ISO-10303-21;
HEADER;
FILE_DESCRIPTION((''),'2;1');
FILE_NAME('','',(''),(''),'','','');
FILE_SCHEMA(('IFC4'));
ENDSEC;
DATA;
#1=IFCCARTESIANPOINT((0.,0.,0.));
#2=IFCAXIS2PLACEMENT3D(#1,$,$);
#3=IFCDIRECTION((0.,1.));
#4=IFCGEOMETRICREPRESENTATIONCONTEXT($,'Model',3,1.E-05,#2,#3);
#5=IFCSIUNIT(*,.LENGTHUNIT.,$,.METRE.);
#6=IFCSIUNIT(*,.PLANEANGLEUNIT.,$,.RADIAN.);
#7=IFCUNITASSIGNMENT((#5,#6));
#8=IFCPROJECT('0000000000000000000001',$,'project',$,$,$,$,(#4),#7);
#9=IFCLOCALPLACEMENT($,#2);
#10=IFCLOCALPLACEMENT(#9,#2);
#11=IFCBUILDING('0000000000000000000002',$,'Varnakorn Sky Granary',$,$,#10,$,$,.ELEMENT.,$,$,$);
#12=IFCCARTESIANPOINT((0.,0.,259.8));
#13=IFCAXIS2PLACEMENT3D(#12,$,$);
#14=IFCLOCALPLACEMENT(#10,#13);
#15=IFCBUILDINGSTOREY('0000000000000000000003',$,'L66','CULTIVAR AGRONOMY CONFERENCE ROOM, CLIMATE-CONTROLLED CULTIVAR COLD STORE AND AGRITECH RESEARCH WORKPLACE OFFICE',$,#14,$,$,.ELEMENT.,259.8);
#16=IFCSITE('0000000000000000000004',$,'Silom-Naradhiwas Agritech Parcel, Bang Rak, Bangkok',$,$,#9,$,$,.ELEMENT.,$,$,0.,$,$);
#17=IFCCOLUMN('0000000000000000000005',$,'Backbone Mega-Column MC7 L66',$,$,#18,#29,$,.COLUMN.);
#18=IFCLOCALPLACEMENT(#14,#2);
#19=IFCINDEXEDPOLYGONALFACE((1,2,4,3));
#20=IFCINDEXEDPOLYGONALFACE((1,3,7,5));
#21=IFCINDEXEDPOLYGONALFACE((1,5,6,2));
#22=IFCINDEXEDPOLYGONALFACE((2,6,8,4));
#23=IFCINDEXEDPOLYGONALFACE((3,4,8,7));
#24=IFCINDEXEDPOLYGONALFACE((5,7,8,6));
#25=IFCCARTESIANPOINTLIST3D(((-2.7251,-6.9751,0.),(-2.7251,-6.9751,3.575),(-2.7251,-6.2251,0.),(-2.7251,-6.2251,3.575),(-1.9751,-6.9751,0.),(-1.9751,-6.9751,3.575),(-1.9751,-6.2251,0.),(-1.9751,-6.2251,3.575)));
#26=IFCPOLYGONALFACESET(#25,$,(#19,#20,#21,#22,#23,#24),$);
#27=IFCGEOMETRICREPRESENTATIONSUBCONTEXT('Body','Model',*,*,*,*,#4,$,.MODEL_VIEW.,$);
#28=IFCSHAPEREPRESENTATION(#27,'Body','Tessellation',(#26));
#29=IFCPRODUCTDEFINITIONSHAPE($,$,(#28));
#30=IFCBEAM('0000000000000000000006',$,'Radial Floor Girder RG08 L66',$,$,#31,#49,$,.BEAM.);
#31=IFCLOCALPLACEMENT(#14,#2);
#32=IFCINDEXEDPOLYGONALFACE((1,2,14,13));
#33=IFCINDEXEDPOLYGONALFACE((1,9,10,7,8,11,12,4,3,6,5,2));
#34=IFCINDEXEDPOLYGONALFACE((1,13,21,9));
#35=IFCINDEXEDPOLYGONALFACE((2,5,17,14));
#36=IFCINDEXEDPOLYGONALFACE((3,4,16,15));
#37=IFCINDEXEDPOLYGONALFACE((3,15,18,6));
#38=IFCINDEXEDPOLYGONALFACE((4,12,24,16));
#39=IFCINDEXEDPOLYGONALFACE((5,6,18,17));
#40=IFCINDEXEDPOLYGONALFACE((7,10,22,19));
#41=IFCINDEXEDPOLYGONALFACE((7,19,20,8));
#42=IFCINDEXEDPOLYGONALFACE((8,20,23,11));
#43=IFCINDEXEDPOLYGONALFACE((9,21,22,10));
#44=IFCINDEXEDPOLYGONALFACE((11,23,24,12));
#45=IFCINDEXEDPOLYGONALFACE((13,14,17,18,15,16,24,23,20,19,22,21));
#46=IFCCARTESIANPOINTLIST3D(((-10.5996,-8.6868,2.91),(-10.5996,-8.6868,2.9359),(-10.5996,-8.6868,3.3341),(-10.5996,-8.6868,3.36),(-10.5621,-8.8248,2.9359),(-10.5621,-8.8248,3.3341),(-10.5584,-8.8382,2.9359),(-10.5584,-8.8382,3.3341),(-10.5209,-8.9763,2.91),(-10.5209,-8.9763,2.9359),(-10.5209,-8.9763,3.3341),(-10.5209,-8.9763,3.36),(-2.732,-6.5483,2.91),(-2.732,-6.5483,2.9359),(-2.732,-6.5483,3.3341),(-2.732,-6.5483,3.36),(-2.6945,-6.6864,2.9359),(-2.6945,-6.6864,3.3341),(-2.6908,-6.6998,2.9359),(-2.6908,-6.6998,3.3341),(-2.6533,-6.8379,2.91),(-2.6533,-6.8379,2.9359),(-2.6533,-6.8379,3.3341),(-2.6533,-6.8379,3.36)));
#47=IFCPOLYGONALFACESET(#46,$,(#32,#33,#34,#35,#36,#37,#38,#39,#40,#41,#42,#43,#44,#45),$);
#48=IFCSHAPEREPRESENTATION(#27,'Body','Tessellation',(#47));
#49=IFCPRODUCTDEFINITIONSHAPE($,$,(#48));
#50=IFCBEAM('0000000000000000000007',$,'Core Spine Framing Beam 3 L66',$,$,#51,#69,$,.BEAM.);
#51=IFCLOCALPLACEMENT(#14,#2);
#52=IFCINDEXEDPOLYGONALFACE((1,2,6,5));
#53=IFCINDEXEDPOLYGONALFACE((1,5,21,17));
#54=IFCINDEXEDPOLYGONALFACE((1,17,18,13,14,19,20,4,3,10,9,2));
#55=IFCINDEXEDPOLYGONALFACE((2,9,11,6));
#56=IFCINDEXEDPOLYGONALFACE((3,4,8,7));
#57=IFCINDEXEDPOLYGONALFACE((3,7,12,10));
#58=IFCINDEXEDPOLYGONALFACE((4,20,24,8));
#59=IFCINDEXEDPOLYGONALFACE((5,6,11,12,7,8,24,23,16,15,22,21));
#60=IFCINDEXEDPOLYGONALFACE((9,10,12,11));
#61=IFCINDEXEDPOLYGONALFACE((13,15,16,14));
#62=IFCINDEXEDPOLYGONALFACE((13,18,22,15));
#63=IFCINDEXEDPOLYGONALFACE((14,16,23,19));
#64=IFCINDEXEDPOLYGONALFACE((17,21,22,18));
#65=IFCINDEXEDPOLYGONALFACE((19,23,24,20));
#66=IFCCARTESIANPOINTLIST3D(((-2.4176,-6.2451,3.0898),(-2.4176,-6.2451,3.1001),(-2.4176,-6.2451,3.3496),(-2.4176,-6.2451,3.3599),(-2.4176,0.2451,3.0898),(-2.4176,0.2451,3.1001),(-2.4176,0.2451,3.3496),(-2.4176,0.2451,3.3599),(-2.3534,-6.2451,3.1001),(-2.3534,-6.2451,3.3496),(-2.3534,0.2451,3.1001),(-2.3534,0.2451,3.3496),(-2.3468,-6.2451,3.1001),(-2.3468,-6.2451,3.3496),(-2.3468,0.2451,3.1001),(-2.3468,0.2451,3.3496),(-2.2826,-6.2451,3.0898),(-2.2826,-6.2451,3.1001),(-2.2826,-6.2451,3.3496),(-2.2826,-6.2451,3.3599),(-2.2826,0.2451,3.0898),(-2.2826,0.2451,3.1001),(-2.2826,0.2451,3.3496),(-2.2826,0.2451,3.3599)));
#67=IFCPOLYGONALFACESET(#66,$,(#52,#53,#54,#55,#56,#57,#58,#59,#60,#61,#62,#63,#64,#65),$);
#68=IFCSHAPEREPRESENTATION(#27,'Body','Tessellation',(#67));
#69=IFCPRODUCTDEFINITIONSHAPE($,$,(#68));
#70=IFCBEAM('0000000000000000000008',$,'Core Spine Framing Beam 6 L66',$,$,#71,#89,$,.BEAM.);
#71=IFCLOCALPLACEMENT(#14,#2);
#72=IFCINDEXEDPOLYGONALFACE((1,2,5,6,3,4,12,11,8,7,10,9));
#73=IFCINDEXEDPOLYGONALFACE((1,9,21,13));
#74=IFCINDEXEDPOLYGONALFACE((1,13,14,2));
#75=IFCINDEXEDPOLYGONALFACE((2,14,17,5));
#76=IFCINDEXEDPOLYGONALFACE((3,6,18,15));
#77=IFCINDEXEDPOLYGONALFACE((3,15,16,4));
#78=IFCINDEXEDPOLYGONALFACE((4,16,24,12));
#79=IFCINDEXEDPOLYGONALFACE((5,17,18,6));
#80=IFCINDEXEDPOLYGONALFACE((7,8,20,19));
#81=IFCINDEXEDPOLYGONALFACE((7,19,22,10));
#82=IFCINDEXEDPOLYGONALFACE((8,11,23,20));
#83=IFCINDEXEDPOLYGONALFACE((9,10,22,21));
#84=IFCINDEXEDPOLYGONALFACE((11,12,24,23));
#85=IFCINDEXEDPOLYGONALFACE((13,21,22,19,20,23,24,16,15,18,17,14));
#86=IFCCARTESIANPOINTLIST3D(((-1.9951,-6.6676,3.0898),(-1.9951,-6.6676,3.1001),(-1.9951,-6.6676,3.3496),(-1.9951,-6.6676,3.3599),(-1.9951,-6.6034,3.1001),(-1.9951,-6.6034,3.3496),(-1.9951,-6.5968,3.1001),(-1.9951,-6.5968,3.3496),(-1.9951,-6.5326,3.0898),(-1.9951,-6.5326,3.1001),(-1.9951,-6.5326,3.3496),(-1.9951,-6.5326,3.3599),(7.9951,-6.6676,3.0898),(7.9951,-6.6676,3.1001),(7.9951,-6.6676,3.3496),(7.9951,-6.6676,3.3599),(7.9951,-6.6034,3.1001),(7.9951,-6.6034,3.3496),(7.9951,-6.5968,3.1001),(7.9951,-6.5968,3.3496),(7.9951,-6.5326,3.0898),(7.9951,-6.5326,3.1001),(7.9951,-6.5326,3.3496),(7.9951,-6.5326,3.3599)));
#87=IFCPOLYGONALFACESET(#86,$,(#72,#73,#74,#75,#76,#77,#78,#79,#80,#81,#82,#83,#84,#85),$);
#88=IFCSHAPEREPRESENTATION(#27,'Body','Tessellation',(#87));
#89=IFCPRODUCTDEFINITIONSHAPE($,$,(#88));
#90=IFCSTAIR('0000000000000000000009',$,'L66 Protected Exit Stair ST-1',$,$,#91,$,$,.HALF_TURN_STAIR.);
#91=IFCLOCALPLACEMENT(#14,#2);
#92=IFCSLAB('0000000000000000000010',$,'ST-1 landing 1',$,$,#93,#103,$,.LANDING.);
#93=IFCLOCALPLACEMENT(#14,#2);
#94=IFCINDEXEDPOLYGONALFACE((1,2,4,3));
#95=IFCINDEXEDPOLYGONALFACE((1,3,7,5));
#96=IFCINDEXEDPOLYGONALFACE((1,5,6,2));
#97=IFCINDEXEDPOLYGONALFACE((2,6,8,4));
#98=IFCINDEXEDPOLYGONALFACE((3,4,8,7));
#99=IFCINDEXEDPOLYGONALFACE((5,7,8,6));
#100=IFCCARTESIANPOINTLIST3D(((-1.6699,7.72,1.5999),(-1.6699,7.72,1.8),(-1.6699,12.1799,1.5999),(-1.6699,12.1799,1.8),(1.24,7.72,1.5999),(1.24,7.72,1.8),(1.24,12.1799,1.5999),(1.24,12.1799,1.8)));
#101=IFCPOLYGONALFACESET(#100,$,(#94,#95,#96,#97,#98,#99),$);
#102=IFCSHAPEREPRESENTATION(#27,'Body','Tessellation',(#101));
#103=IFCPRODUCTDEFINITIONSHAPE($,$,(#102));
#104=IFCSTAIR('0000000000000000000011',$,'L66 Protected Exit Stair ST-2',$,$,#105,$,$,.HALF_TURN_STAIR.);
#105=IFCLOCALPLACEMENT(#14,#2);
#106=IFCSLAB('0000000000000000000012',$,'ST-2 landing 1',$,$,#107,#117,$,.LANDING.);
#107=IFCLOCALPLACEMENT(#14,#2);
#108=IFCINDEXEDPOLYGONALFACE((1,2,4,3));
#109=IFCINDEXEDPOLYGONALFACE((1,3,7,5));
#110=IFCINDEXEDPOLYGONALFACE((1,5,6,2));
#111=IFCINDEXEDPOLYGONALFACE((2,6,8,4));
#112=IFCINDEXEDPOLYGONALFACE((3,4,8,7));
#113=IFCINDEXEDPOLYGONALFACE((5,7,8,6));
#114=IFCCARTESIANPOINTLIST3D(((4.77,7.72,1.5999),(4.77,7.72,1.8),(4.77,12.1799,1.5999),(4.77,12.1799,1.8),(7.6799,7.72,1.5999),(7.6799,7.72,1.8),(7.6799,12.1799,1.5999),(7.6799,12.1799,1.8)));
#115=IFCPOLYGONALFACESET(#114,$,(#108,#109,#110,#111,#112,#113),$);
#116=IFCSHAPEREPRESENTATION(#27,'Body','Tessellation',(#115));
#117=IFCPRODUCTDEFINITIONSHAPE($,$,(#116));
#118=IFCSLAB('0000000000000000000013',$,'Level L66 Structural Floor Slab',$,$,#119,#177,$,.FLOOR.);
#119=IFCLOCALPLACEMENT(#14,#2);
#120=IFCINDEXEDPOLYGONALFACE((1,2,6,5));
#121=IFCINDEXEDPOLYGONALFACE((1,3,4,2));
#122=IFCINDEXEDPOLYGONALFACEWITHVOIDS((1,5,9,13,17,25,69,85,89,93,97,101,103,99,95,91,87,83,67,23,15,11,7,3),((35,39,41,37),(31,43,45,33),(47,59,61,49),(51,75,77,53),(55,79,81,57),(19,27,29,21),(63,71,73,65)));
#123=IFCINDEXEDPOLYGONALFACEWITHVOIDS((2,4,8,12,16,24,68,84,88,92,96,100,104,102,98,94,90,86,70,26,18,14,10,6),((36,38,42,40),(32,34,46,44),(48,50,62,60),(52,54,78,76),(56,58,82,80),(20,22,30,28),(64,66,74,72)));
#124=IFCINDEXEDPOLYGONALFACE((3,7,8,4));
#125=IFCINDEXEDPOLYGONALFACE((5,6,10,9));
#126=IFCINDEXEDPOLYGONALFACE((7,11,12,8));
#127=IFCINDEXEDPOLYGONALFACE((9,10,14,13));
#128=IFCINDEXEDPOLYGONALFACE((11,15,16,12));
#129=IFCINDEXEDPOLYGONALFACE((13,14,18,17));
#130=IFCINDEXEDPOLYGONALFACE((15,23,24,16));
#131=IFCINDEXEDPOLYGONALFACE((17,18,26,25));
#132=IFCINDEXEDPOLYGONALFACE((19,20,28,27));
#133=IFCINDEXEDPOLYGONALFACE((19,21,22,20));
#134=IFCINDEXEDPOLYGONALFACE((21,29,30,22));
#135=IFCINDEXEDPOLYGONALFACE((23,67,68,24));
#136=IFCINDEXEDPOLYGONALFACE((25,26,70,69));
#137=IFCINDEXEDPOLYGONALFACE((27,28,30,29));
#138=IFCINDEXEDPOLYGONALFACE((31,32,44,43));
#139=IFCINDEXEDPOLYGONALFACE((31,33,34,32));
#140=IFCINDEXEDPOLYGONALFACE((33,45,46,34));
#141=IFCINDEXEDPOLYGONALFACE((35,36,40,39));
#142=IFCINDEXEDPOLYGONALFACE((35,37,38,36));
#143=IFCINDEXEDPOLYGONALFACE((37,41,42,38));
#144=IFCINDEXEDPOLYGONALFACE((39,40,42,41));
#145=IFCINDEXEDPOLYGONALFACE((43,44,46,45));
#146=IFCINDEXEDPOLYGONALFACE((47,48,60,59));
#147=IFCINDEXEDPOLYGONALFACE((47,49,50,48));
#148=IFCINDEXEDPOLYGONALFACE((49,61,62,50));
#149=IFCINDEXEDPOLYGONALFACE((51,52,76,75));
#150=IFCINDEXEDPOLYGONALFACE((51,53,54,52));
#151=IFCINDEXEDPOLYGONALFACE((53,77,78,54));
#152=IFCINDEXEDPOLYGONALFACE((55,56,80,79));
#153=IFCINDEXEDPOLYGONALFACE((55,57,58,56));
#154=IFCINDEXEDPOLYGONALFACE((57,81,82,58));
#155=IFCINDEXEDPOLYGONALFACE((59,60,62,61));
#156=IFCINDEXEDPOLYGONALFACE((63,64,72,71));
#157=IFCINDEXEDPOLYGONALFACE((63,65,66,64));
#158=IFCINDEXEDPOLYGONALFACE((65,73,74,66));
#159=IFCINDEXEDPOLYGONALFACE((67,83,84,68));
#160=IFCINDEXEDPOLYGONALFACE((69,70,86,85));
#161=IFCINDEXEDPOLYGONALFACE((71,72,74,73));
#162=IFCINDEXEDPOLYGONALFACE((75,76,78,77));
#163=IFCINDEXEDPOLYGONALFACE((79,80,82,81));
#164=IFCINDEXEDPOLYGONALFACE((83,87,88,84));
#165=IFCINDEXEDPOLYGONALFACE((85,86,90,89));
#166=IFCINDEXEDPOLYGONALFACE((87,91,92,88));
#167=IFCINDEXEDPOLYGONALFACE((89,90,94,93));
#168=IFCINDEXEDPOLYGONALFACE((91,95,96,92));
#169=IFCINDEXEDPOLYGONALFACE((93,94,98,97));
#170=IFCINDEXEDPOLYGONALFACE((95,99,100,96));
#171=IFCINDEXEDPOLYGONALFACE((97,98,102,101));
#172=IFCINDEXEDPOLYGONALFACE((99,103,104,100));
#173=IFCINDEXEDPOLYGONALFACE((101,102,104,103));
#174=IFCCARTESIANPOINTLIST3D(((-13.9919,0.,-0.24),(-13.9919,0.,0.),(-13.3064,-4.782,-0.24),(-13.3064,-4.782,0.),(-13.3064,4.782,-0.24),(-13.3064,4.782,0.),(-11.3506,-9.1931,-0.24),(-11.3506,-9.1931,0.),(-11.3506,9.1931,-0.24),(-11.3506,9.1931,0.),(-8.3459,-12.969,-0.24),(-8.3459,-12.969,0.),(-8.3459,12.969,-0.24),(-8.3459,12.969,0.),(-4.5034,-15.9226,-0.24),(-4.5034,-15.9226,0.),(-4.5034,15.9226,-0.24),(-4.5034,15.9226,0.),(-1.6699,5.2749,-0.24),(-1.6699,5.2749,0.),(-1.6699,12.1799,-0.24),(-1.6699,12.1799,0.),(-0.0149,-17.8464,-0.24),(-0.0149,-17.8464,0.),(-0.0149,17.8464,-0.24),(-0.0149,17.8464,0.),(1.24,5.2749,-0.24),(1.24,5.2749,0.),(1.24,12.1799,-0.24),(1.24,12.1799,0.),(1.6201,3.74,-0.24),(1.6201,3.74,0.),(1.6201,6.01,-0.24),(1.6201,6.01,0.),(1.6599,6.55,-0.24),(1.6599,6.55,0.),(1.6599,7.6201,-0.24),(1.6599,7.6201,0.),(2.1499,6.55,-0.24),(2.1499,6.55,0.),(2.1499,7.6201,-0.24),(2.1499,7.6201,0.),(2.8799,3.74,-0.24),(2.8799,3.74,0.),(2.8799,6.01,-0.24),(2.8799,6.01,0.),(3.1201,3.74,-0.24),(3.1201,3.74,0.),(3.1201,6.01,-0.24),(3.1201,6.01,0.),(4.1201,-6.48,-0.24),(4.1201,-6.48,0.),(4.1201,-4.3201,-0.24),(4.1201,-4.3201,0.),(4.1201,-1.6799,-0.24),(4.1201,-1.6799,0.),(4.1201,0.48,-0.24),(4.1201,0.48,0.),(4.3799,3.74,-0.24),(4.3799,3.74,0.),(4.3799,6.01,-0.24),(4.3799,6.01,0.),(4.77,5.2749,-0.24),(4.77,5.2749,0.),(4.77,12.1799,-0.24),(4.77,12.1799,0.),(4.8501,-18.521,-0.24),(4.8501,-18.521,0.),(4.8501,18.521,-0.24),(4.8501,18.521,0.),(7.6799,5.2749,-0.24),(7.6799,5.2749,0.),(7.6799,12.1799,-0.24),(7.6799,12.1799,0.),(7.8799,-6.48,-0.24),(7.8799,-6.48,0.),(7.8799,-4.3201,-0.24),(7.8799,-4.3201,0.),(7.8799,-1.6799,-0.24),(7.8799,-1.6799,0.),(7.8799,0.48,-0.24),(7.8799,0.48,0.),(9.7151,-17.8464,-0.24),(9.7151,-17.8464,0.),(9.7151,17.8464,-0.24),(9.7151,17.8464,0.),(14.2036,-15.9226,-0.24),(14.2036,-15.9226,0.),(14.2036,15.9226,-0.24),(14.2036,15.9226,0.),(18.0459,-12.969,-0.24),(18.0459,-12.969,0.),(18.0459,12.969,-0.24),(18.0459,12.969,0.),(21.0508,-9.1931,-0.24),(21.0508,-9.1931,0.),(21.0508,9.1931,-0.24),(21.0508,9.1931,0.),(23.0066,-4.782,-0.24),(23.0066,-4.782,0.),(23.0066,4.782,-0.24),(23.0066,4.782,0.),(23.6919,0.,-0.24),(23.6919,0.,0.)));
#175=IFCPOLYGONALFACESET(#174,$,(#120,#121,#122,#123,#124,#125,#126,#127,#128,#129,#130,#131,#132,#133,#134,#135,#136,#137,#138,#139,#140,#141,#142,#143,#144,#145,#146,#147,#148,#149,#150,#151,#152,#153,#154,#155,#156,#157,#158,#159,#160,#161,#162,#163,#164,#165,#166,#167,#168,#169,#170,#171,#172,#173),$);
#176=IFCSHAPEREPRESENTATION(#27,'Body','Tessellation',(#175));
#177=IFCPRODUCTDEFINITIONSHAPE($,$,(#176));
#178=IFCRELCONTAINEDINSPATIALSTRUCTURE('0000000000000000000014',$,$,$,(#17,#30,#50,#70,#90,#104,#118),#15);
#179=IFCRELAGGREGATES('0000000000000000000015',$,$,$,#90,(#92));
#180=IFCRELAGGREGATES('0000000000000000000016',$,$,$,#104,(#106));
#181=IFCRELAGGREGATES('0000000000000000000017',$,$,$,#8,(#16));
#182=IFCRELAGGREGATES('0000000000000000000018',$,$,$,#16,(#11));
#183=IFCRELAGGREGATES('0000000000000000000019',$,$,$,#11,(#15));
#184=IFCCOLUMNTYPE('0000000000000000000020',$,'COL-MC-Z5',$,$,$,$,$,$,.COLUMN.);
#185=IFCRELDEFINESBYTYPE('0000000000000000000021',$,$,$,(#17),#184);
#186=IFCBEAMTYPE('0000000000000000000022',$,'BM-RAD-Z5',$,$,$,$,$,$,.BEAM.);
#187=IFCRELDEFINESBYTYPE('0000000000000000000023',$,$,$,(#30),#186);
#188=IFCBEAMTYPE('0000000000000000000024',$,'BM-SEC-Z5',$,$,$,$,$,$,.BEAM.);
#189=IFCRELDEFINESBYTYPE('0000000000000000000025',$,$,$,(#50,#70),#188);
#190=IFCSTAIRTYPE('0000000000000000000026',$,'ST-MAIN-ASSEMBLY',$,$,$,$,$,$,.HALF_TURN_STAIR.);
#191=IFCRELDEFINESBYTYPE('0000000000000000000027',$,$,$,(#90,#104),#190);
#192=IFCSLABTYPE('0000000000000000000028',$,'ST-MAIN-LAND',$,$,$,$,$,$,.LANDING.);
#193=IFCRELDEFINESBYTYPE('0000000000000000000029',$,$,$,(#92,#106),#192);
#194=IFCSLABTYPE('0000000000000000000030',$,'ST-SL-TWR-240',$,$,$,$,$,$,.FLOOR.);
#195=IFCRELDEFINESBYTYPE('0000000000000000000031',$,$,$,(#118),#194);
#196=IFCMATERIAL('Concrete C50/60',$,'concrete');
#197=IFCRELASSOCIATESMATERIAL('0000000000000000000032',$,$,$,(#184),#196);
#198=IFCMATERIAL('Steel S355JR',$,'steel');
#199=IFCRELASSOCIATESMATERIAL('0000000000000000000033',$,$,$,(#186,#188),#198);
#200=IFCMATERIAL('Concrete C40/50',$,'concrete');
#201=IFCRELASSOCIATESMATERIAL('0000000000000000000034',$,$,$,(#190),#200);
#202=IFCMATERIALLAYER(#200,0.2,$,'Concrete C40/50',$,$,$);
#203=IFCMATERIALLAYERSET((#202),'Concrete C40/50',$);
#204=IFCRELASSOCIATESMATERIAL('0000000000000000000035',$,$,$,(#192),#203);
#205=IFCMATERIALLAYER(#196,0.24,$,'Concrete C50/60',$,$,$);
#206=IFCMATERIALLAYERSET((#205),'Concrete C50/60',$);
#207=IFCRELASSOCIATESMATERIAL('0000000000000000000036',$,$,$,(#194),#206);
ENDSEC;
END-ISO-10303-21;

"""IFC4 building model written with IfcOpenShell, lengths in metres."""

from ifc_helpers import new_model, si_unit, direction, frame, origin, origin_2d, place, context, subcontext, project, spatial, polyline, rectangle, i_section, outline, extrude, material, layer, layer_set, material_profile, profile_set, type_object, element, aggregate, save


model = new_model("IFC4")

# Units and contexts
model_context = context("Model", 3, precision=1e-05, world=origin(), true_north=direction((0.0, 1.0)))
body_context = subcontext(model_context, "Body", "Model", "MODEL_VIEW")
ifc_project = project(units=[si_unit("LENGTHUNIT", "METRE"), si_unit("PLANEANGLEUNIT", "RADIAN")], contexts=[model_context])

# Site, building, storey
site_placement = place(None, origin())
site = spatial("IfcSite", under=ifc_project, at=site_placement, Name="Silom-Naradhiwas Agritech Parcel, Bang Rak, Bangkok", CompositionType="ELEMENT", RefElevation=0.0)
building_placement = place(site_placement, origin())
building = spatial("IfcBuilding", under=site, at=building_placement, Name="Varnakorn Sky Granary", CompositionType="ELEMENT")
storey_placement = place(building_placement, frame((0.0, 0.0, 259.8)))
storey = spatial("IfcBuildingStorey", under=building, at=storey_placement, Name="L66", Description="CULTIVAR AGRONOMY CONFERENCE ROOM, CLIMATE-CONTROLLED CULTIVAR COLD STORE AND AGRITECH RESEARCH WORKPLACE OFFICE", CompositionType="ELEMENT", Elevation=259.8)

# Column
ifc_material_1 = material(Name="Concrete C50/60", Category="concrete")
ifc_material_profile_1 = material_profile(ifc_material_1, rectangle(XDim=0.75, YDim=0.75, at=origin_2d()), Name="RC 750x750")
ifc_profile_set_1 = profile_set([ifc_material_profile_1], Name="Concrete C50/60")
column_type = type_object("IfcColumnType", Name="COL-MC-Z5", PredefinedType="COLUMN", material=ifc_profile_set_1)
column_placement = place(storey_placement, frame((-2.3501, -6.6001, 0.0), z_axis=(0.0, 0.0, 1.0), x_axis=(1.0, 0.0, 0.0)))
element("IfcColumn", 1, at=column_placement, inside=storey, type_object=column_type, Name="Backbone Mega-Column MC7 L66", PredefinedType="COLUMN", context=body_context, shape_type="SweptSolid", body=[
    extrude(rectangle(XDim=0.75, YDim=0.75, at=origin_2d()), origin(), (0.0, 0.0, 1.0), 3.575),
])

# Beams
ifc_material_2 = material(Name="Steel S355JR", Category="steel")
ifc_material_profile_2 = material_profile(ifc_material_2, i_section(OverallWidth=0.3, OverallDepth=0.45, WebThickness=0.0139, FlangeThickness=0.0259, at=origin_2d()), Name="HE 450 B")
ifc_profile_set_2 = profile_set([ifc_material_profile_2], Name="Steel S355JR")
beam_type_1 = type_object("IfcBeamType", Name="BM-RAD-Z5", PredefinedType="BEAM", material=ifc_profile_set_2)
beam_1_placement = place(storey_placement, frame((-2.6926, -6.6931, 3.135), z_axis=(-0.964991, -0.262284, 0.0), x_axis=(0.262284, -0.964991, 0.0)))
element("IfcBeam", 2, at=beam_1_placement, inside=storey, type_object=beam_type_1, Name="Radial Floor Girder RG08 L66", PredefinedType="BEAM", context=body_context, shape_type="SweptSolid", body=[
    extrude(i_section(OverallWidth=0.3, OverallDepth=0.45, WebThickness=0.0139, FlangeThickness=0.0259, at=origin_2d()), origin(), (0.0, 0.0, 1.0), 8.1531),
])
ifc_material_profile_3 = material_profile(ifc_material_2, i_section(OverallWidth=0.135, OverallDepth=0.27, WebThickness=0.0066, FlangeThickness=0.0103, at=origin_2d()), Name="IPE 270")
ifc_profile_set_3 = profile_set([ifc_material_profile_3], Name="Steel S355JR")
beam_type_2 = type_object("IfcBeamType", Name="BM-SEC-Z5", PredefinedType="BEAM", material=ifc_profile_set_3)
beam_2_placement = place(storey_placement, frame((-2.3501, 0.2451, 3.2249), z_axis=(0.0, -1.0, 0.0), x_axis=(1.0, 0.0, 0.0)))
element("IfcBeam", 3, at=beam_2_placement, inside=storey, type_object=beam_type_2, Name="Core Spine Framing Beam 3 L66", PredefinedType="BEAM", context=body_context, shape_type="SweptSolid", body=[
    extrude(i_section(OverallWidth=0.135, OverallDepth=0.27, WebThickness=0.0066, FlangeThickness=0.0103, at=origin_2d()), origin(), (0.0, 0.0, 1.0), 6.4902),
])
beam_3_placement = place(storey_placement, frame((-1.9951, -6.6001, 3.2249), z_axis=(1.0, 0.0, 0.0), x_axis=(0.0, 1.0, 0.0)))
element("IfcBeam", 4, at=beam_3_placement, inside=storey, type_object=beam_type_2, Name="Core Spine Framing Beam 6 L66", PredefinedType="BEAM", context=body_context, shape_type="SweptSolid", body=[
    extrude(i_section(OverallWidth=0.135, OverallDepth=0.27, WebThickness=0.0066, FlangeThickness=0.0103, at=origin_2d()), origin(), (0.0, 0.0, 1.0), 9.9902),
])

# Stairs, slabs
ifc_material_3 = material(Name="Concrete C40/50", Category="concrete")
stair_type = type_object("IfcStairType", Name="ST-MAIN-ASSEMBLY", PredefinedType="HALF_TURN_STAIR", material=ifc_material_3)
stair_1_placement = place(storey_placement, origin())
stair_1 = element("IfcStair", 5, at=stair_1_placement, inside=storey, type_object=stair_type, Name="L66 Protected Exit Stair ST-1", PredefinedType="HALF_TURN_STAIR")
ifc_layer_1 = layer(ifc_material_3, 0.2, Name="Concrete C40/50")
ifc_layer_set_1 = layer_set([ifc_layer_1], Name="Concrete C40/50")
slab_type_1 = type_object("IfcSlabType", Name="ST-MAIN-LAND", PredefinedType="LANDING", material=ifc_layer_set_1)
slab_1_placement = place(storey_placement, frame((0.0, 0.0, 1.5999)))
slab_1 = element("IfcSlab", 6, at=slab_1_placement, type_object=slab_type_1, Name="ST-1 landing 1", PredefinedType="LANDING", context=body_context, shape_type="SweptSolid", body=[
    extrude(outline(polyline([(1.24, 7.72), (1.24, 12.1799), (-1.6699, 12.1799), (-1.6699, 7.72), (1.24, 7.72)])), origin(), (0.0, 0.0, 1.0), 0.2002),
])
aggregate(stair_1, [slab_1])
stair_2_placement = place(storey_placement, origin())
stair_2 = element("IfcStair", 7, at=stair_2_placement, inside=storey, type_object=stair_type, Name="L66 Protected Exit Stair ST-2", PredefinedType="HALF_TURN_STAIR")
slab_2_placement = place(storey_placement, frame((0.0, 0.0, 1.5999)))
slab_2 = element("IfcSlab", 8, at=slab_2_placement, type_object=slab_type_1, Name="ST-2 landing 1", PredefinedType="LANDING", context=body_context, shape_type="SweptSolid", body=[
    extrude(outline(polyline([(7.6799, 7.72), (7.6799, 12.1799), (4.77, 12.1799), (4.77, 7.72), (7.6799, 7.72)])), origin(), (0.0, 0.0, 1.0), 0.2002),
])
aggregate(stair_2, [slab_2])

# Slab
ifc_layer_2 = layer(ifc_material_1, 0.24, Name="Concrete C50/60")
ifc_layer_set_2 = layer_set([ifc_layer_2], Name="Concrete C50/60")
slab_type_2 = type_object("IfcSlabType", Name="ST-SL-TWR-240", PredefinedType="FLOOR", material=ifc_layer_set_2)
slab_3_placement = place(storey_placement, frame((0.0, 0.0, -0.24)))
element("IfcSlab", 9, at=slab_3_placement, inside=storey, type_object=slab_type_2, Name="Level L66 Structural Floor Slab", PredefinedType="FLOOR", context=body_context, shape_type="SweptSolid", body=[
    extrude(outline(polyline([(23.6919, 0.0), (23.0066, 4.782), (21.0508, 9.1931), (18.0459, 12.969), (14.2036, 15.9226), (9.7151, 17.8464), (4.8501, 18.521), (-0.0149, 17.8464), (-4.5034, 15.9226), (-8.3459, 12.969), (-11.3506, 9.1931), (-13.3064, 4.782), (-13.9919, 0.0), (-13.3064, -4.782), (-11.3506, -9.1931), (-8.3459, -12.969), (-4.5034, -15.9226), (-0.0149, -17.8464), (4.8501, -18.521), (9.7151, -17.8464), (14.2036, -15.9226), (18.0459, -12.969), (21.0508, -9.1931), (23.0066, -4.782), (23.6919, 0.0)]), holes=[polyline([(1.24, 5.2749), (1.24, 12.1799), (-1.6699, 12.1799), (-1.6699, 5.2749), (1.24, 5.2749)]), polyline([(7.6799, 5.2749), (7.6799, 12.1799), (4.77, 12.1799), (4.77, 5.2749), (7.6799, 5.2749)]), polyline([(1.6599, 6.55), (2.1499, 6.55), (2.1499, 7.6201), (1.6599, 7.6201), (1.6599, 6.55)]), polyline([(1.6201, 3.74), (2.8799, 3.74), (2.8799, 6.01), (1.6201, 6.01), (1.6201, 3.74)]), polyline([(3.1201, 3.74), (4.3799, 3.74), (4.3799, 6.01), (3.1201, 6.01), (3.1201, 3.74)]), polyline([(4.1201, -1.6799), (7.8799, -1.6799), (7.8799, 0.48), (4.1201, 0.48), (4.1201, -1.6799)]), polyline([(4.1201, -6.48), (7.8799, -6.48), (7.8799, -4.3201), (4.1201, -4.3201), (4.1201, -6.48)])]), origin(), (0.0, 0.0, 1.0), 0.24),
])

save(model, "model.ifc")
